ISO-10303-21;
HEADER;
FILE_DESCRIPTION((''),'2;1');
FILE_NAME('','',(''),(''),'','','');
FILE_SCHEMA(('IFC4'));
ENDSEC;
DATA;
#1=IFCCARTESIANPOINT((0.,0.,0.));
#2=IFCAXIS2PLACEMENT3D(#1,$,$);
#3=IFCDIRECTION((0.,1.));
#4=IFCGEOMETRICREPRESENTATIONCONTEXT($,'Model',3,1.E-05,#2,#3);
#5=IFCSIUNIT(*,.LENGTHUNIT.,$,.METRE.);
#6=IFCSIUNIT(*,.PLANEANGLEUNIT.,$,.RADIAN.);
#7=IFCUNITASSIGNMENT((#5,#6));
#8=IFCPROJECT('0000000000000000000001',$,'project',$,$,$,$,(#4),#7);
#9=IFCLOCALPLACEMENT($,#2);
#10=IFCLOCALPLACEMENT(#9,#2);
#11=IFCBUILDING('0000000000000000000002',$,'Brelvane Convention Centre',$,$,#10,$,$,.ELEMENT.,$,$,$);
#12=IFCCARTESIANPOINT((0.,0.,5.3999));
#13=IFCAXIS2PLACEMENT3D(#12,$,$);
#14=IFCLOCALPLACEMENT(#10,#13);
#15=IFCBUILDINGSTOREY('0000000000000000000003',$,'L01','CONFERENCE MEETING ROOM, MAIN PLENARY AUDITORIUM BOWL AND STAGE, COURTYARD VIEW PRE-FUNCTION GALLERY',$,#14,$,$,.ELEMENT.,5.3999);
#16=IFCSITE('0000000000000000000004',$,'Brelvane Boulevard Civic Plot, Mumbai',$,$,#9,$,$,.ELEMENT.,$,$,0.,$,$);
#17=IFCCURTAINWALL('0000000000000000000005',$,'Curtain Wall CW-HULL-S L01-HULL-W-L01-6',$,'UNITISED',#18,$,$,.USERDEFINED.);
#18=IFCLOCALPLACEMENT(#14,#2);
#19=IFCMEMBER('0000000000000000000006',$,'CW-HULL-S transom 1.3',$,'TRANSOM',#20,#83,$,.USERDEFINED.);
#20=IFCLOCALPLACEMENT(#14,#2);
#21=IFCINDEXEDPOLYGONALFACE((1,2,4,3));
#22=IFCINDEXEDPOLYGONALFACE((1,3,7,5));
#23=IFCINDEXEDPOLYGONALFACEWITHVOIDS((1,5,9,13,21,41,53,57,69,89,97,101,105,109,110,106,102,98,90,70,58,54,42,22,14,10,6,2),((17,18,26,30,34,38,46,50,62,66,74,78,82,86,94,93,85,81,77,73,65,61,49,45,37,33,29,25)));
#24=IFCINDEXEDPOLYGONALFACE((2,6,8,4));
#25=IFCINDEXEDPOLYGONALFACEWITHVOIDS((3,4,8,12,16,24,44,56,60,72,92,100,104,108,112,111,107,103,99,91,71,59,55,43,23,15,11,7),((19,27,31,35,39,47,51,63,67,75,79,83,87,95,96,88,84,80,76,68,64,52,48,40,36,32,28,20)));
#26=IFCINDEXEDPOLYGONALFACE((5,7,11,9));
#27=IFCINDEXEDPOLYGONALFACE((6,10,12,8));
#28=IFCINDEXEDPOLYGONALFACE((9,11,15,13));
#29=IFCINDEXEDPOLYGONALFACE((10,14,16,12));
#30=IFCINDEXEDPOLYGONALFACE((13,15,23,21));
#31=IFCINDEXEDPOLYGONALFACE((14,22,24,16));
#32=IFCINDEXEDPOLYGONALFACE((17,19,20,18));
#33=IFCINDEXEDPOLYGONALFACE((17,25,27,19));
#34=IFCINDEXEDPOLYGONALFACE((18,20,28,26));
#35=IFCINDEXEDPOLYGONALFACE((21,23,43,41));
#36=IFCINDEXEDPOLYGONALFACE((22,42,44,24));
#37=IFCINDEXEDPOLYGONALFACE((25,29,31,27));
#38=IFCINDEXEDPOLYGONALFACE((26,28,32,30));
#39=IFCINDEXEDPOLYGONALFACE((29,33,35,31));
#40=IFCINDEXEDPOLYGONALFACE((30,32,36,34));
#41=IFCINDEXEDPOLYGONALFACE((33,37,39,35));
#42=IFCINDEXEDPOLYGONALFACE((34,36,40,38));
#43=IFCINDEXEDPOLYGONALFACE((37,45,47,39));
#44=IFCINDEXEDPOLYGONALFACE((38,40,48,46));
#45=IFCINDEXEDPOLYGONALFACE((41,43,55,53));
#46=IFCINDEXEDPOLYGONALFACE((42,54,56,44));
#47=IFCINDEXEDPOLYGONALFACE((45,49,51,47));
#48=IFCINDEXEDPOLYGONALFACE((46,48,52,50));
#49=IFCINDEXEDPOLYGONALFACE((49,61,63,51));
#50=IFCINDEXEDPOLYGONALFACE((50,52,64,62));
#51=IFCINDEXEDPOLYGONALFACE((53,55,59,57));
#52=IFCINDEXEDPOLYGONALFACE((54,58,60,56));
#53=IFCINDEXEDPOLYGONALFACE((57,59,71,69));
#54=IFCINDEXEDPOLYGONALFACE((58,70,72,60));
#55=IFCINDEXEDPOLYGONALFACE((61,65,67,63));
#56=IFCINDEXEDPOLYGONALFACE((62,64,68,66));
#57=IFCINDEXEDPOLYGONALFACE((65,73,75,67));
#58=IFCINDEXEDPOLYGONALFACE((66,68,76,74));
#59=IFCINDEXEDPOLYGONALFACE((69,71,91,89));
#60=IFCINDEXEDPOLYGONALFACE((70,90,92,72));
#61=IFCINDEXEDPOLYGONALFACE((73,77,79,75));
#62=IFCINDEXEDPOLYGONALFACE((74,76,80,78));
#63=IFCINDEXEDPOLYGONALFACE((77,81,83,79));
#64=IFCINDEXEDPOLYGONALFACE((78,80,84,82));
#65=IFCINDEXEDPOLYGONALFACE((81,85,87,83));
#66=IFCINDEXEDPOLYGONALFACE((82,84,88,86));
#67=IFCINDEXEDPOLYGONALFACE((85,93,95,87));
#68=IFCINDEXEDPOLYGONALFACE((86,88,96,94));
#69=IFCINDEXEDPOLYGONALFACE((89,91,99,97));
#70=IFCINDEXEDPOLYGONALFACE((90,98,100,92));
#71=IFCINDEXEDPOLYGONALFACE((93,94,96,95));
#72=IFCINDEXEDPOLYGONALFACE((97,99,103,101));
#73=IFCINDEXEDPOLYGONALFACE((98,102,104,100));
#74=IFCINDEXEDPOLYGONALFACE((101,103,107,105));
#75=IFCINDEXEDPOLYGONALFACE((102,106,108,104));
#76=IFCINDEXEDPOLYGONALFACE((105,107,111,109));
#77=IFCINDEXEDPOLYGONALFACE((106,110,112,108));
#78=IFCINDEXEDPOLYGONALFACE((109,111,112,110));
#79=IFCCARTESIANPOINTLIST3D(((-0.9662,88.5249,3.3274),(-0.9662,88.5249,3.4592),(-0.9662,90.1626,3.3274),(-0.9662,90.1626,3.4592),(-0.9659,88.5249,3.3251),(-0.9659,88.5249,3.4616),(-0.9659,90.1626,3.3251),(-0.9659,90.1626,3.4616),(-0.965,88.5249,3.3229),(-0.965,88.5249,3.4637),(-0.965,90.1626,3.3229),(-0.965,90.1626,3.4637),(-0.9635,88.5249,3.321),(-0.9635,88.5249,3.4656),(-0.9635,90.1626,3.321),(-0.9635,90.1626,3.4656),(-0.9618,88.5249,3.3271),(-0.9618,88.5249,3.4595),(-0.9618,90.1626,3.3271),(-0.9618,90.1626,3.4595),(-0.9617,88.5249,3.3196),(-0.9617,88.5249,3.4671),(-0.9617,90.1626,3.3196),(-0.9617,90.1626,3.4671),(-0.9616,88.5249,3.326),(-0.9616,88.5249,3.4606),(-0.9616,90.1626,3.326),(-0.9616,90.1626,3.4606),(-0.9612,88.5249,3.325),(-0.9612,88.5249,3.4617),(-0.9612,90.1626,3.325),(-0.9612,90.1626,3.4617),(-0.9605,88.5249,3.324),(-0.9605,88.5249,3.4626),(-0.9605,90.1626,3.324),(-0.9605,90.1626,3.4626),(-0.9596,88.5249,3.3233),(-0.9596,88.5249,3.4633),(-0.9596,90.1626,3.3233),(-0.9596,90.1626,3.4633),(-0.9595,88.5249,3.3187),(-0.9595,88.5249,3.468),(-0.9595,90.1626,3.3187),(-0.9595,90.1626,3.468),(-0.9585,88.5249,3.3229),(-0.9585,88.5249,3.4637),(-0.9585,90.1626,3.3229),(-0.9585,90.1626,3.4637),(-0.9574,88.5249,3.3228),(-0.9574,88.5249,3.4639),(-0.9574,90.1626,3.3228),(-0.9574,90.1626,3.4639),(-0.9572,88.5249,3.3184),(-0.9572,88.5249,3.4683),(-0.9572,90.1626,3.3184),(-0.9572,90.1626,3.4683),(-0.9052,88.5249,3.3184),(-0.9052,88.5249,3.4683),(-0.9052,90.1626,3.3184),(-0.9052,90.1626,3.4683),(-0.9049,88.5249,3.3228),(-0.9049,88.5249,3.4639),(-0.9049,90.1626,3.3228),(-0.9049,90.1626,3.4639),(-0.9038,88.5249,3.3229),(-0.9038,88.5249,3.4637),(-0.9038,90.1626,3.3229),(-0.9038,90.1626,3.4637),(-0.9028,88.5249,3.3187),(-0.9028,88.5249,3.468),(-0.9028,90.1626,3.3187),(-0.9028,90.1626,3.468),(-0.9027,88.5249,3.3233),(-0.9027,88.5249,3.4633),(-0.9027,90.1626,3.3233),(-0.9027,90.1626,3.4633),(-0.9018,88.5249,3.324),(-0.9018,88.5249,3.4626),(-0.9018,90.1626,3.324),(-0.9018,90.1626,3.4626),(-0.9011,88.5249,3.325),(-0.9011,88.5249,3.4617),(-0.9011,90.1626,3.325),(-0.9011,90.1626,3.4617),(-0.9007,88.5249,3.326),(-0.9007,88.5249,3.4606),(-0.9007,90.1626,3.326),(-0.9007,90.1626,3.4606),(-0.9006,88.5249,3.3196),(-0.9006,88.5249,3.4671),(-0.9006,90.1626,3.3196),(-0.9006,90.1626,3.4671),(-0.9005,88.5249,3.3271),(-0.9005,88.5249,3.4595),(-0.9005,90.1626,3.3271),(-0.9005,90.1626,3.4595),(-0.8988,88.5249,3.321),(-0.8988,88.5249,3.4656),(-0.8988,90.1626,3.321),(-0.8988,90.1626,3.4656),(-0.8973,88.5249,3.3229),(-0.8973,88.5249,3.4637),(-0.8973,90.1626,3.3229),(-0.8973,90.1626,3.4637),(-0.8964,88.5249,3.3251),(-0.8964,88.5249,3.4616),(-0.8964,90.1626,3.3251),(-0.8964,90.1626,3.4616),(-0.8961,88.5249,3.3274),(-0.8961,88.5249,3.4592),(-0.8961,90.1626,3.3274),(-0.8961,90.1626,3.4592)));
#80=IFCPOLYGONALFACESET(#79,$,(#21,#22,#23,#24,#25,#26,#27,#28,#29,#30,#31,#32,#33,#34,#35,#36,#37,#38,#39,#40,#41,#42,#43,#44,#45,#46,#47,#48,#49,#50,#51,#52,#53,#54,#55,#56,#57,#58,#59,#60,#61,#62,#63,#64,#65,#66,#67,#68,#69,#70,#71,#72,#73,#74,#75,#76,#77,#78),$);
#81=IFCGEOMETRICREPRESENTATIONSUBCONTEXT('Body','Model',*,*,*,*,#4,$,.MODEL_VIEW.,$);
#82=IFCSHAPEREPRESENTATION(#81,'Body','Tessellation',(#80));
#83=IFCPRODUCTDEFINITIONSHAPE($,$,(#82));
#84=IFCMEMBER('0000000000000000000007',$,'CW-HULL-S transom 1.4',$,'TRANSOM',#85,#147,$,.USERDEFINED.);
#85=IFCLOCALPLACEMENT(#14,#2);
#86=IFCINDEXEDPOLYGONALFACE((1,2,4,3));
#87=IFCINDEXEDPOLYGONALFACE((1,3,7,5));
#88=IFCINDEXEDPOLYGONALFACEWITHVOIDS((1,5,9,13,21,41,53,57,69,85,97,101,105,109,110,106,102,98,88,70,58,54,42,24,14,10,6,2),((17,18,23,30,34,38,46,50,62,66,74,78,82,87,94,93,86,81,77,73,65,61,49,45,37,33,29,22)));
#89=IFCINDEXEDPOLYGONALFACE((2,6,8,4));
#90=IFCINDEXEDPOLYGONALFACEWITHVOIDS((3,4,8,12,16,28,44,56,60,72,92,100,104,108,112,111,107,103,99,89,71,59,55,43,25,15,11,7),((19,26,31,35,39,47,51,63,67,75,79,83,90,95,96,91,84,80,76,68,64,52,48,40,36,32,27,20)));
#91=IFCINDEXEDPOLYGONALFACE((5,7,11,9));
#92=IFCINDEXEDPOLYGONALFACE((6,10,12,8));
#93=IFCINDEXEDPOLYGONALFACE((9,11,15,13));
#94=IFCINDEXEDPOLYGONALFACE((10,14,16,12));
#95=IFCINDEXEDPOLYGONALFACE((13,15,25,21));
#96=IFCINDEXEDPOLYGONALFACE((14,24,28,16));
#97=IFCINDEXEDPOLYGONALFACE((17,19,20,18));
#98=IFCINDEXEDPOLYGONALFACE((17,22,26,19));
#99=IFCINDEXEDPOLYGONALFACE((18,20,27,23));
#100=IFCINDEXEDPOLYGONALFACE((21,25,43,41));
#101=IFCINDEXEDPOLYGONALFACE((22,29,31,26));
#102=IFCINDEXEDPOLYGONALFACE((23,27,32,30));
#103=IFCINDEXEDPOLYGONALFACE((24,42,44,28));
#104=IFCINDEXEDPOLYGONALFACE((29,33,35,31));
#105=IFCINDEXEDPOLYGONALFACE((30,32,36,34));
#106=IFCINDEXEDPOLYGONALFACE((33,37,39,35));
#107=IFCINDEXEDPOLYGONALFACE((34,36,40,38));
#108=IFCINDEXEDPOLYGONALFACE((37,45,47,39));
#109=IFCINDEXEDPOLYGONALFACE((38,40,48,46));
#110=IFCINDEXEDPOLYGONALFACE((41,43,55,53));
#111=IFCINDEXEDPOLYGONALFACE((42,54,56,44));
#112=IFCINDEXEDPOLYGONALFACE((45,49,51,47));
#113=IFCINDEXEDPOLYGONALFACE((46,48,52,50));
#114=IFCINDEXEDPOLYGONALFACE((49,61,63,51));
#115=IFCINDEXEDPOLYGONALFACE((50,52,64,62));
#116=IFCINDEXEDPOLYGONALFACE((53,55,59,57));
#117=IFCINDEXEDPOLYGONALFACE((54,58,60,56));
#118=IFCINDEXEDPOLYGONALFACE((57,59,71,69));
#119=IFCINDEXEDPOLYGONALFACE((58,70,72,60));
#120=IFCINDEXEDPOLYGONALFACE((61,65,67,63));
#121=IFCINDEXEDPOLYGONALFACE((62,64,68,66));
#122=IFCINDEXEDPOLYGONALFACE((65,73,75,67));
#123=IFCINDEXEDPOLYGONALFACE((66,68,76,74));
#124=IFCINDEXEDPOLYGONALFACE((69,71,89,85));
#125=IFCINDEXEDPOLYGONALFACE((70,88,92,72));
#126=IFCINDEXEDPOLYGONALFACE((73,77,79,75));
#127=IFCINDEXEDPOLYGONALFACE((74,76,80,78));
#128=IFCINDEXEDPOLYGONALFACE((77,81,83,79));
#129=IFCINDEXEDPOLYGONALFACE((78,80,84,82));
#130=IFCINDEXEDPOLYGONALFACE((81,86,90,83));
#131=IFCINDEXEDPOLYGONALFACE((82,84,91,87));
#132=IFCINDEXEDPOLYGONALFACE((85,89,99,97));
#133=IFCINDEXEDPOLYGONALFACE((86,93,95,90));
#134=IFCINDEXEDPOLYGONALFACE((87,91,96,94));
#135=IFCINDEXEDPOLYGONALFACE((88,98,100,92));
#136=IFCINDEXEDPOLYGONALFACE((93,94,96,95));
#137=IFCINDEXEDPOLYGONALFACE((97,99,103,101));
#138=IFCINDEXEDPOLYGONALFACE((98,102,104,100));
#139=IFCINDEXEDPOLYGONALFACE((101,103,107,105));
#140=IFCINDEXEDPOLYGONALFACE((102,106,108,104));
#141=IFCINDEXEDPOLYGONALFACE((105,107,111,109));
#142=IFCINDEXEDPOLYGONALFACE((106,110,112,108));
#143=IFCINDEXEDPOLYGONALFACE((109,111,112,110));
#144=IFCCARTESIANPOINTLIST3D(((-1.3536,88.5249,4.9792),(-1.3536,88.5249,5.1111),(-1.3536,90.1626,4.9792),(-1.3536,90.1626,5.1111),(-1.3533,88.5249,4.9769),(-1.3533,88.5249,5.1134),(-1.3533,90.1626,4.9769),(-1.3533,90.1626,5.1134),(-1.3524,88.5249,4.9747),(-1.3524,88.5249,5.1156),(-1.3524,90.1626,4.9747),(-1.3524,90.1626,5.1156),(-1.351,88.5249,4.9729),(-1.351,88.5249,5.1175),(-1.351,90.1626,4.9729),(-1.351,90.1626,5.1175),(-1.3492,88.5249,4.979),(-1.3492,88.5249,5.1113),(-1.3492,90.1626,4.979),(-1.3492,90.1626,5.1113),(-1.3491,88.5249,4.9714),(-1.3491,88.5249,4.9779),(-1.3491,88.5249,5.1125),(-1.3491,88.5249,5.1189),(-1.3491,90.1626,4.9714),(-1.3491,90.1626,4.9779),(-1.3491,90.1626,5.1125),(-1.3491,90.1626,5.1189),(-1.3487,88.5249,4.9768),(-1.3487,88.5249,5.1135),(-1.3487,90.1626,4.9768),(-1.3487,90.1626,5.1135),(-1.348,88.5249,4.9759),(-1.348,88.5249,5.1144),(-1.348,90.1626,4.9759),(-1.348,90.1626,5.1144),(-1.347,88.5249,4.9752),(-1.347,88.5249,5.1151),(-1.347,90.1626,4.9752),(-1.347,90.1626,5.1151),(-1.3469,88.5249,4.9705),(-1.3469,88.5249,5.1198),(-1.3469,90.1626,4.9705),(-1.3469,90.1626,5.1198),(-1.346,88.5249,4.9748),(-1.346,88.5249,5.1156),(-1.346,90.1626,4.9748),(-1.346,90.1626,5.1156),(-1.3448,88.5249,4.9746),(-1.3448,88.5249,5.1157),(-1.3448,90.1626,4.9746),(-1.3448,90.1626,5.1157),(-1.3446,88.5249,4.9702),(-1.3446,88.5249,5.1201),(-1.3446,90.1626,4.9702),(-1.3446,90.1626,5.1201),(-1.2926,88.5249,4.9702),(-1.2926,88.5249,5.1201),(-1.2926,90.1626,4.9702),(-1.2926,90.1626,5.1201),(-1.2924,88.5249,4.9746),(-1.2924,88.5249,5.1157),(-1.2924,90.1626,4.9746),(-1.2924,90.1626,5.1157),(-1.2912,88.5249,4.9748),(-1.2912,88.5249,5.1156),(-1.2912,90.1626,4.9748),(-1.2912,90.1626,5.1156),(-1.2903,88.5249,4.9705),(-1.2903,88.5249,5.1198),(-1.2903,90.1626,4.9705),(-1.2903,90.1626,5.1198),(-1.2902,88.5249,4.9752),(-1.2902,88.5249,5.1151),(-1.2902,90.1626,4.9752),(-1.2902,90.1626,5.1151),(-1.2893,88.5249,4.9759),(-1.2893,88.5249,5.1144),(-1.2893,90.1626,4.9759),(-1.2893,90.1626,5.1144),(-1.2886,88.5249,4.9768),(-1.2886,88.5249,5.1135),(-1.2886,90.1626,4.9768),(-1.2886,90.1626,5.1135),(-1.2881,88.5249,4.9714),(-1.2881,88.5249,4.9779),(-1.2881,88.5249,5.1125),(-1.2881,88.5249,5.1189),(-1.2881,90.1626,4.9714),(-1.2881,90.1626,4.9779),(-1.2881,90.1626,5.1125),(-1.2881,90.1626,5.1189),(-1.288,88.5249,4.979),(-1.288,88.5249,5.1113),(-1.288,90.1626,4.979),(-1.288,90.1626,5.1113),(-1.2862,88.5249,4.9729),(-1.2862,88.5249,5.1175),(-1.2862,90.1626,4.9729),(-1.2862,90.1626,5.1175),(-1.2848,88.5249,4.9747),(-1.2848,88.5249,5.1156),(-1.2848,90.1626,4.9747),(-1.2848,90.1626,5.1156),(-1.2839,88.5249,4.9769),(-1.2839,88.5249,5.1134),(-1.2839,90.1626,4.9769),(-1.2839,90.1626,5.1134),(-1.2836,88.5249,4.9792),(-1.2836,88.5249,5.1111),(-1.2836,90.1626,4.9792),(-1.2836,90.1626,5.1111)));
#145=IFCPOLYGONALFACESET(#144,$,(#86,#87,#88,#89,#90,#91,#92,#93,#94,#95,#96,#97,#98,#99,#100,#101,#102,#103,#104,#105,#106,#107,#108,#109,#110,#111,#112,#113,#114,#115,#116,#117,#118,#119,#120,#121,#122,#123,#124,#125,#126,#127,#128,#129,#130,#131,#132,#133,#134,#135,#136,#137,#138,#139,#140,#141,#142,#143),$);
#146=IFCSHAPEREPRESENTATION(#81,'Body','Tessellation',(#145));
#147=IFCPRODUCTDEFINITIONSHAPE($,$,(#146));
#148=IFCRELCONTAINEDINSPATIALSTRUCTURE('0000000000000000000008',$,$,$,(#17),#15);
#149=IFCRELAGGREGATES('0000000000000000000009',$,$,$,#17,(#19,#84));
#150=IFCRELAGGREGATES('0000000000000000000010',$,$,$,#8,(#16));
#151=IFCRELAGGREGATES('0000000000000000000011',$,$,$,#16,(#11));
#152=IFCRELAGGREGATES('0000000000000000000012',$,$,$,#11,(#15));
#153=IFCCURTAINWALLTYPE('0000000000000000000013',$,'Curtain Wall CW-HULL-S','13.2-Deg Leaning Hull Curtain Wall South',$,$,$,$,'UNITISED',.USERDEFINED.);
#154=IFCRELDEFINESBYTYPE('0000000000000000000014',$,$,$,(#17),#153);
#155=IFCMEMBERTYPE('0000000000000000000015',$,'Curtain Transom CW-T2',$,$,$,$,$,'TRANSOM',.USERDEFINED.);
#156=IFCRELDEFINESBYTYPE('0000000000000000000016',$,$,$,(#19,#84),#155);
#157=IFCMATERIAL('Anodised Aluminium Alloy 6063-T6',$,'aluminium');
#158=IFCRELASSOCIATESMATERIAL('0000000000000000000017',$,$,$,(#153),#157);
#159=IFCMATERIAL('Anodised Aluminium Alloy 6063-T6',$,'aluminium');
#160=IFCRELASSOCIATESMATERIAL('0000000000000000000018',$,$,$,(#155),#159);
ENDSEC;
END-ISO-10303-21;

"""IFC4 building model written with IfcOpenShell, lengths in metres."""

from ifc_helpers import new_model, si_unit, direction, frame, origin, origin_2d, place, context, subcontext, project, spatial, hollow_rectangle, extrude, material, material_profile, profile_set, type_object, element, aggregate, save


model = new_model("IFC4")

# Units and contexts
model_context = context("Model", 3, precision=1e-05, world=origin(), true_north=direction((0.0, 1.0)))
body_context = subcontext(model_context, "Body", "Model", "MODEL_VIEW")
ifc_project = project(units=[si_unit("LENGTHUNIT", "METRE"), si_unit("PLANEANGLEUNIT", "RADIAN")], contexts=[model_context])

# Site, building, storey
site_placement = place(None, origin())
site = spatial("IfcSite", under=ifc_project, at=site_placement, Name="Brelvane Boulevard Civic Plot, Mumbai", CompositionType="ELEMENT", RefElevation=0.0)
building_placement = place(site_placement, origin())
building = spatial("IfcBuilding", under=site, at=building_placement, Name="Brelvane Convention Centre", CompositionType="ELEMENT")
storey_placement = place(building_placement, frame((0.0, 0.0, 5.3999)))
storey = spatial("IfcBuildingStorey", under=building, at=storey_placement, Name="L01", Description="CONFERENCE MEETING ROOM, MAIN PLENARY AUDITORIUM BOWL AND STAGE, COURTYARD VIEW PRE-FUNCTION GALLERY", CompositionType="ELEMENT", Elevation=5.3999)

# Shared definitions
ifc_material_1 = material(Name="Anodised Aluminium Alloy 6063-T6", Category="aluminium")
curtain_wall_type = type_object("IfcCurtainWallType", Name="Curtain Wall CW-HULL-S", Description="13.2-Deg Leaning Hull Curtain Wall South", ElementType="UNITISED", PredefinedType="USERDEFINED", material=ifc_material_1)

# Curtain wall
curtain_wall_1_placement = place(storey_placement, origin())
curtain_wall_1 = element("IfcCurtainWall", 1, at=curtain_wall_1_placement, inside=storey, type_object=curtain_wall_type, Name="Curtain Wall CW-HULL-S L01-HULL-W-L01-6", ObjectType="UNITISED", PredefinedType="USERDEFINED")

# Members
ifc_material_2 = material(Name="Anodised Aluminium Alloy 6063-T6", Category="aluminium")
ifc_material_profile_1 = material_profile(ifc_material_2, hollow_rectangle(XDim=0.0701, YDim=0.1499, WallThickness=0.0044, InnerFilletRadius=0.0044, OuterFilletRadius=0.009, at=origin_2d()), Name="ALU-T 150x70x4.5")
ifc_profile_set_1 = profile_set([ifc_material_profile_1], Name="Anodised Aluminium Alloy 6063-T6")
member_type_1 = type_object("IfcMemberType", Name="Curtain Transom CW-T2", ElementType="TRANSOM", PredefinedType="USERDEFINED", material=ifc_profile_set_1)
member_1_placement = place(storey_placement, frame((-0.9312, 88.5249, 3.3933), z_axis=(0.0, 1.0, 0.0), x_axis=(-1.0, 0.0, 0.0)))
member_1 = element("IfcMember", 2, at=member_1_placement, type_object=member_type_1, Name="CW-HULL-S transom 1.3", ObjectType="TRANSOM", PredefinedType="USERDEFINED", context=body_context, shape_type="SweptSolid", body=[
    extrude(hollow_rectangle(XDim=0.0701, YDim=0.1499, WallThickness=0.0044, InnerFilletRadius=0.0044, OuterFilletRadius=0.009, at=origin_2d()), origin(), (0.0, 0.0, 1.0), 1.6377),
])
member_2_placement = place(storey_placement, frame((-1.3186, 88.5249, 5.0452), z_axis=(0.0, 1.0, 0.0), x_axis=(-1.0, 0.0, 0.0)))
member_2 = element("IfcMember", 3, at=member_2_placement, type_object=member_type_1, Name="CW-HULL-S transom 1.4", ObjectType="TRANSOM", PredefinedType="USERDEFINED", context=body_context, shape_type="SweptSolid", body=[
    extrude(hollow_rectangle(XDim=0.0701, YDim=0.1499, WallThickness=0.0044, InnerFilletRadius=0.0044, OuterFilletRadius=0.009, at=origin_2d()), origin(), (0.0, 0.0, 1.0), 1.6377),
])

aggregate(curtain_wall_1, [member_1, member_2])

save(model, "model.ifc")
